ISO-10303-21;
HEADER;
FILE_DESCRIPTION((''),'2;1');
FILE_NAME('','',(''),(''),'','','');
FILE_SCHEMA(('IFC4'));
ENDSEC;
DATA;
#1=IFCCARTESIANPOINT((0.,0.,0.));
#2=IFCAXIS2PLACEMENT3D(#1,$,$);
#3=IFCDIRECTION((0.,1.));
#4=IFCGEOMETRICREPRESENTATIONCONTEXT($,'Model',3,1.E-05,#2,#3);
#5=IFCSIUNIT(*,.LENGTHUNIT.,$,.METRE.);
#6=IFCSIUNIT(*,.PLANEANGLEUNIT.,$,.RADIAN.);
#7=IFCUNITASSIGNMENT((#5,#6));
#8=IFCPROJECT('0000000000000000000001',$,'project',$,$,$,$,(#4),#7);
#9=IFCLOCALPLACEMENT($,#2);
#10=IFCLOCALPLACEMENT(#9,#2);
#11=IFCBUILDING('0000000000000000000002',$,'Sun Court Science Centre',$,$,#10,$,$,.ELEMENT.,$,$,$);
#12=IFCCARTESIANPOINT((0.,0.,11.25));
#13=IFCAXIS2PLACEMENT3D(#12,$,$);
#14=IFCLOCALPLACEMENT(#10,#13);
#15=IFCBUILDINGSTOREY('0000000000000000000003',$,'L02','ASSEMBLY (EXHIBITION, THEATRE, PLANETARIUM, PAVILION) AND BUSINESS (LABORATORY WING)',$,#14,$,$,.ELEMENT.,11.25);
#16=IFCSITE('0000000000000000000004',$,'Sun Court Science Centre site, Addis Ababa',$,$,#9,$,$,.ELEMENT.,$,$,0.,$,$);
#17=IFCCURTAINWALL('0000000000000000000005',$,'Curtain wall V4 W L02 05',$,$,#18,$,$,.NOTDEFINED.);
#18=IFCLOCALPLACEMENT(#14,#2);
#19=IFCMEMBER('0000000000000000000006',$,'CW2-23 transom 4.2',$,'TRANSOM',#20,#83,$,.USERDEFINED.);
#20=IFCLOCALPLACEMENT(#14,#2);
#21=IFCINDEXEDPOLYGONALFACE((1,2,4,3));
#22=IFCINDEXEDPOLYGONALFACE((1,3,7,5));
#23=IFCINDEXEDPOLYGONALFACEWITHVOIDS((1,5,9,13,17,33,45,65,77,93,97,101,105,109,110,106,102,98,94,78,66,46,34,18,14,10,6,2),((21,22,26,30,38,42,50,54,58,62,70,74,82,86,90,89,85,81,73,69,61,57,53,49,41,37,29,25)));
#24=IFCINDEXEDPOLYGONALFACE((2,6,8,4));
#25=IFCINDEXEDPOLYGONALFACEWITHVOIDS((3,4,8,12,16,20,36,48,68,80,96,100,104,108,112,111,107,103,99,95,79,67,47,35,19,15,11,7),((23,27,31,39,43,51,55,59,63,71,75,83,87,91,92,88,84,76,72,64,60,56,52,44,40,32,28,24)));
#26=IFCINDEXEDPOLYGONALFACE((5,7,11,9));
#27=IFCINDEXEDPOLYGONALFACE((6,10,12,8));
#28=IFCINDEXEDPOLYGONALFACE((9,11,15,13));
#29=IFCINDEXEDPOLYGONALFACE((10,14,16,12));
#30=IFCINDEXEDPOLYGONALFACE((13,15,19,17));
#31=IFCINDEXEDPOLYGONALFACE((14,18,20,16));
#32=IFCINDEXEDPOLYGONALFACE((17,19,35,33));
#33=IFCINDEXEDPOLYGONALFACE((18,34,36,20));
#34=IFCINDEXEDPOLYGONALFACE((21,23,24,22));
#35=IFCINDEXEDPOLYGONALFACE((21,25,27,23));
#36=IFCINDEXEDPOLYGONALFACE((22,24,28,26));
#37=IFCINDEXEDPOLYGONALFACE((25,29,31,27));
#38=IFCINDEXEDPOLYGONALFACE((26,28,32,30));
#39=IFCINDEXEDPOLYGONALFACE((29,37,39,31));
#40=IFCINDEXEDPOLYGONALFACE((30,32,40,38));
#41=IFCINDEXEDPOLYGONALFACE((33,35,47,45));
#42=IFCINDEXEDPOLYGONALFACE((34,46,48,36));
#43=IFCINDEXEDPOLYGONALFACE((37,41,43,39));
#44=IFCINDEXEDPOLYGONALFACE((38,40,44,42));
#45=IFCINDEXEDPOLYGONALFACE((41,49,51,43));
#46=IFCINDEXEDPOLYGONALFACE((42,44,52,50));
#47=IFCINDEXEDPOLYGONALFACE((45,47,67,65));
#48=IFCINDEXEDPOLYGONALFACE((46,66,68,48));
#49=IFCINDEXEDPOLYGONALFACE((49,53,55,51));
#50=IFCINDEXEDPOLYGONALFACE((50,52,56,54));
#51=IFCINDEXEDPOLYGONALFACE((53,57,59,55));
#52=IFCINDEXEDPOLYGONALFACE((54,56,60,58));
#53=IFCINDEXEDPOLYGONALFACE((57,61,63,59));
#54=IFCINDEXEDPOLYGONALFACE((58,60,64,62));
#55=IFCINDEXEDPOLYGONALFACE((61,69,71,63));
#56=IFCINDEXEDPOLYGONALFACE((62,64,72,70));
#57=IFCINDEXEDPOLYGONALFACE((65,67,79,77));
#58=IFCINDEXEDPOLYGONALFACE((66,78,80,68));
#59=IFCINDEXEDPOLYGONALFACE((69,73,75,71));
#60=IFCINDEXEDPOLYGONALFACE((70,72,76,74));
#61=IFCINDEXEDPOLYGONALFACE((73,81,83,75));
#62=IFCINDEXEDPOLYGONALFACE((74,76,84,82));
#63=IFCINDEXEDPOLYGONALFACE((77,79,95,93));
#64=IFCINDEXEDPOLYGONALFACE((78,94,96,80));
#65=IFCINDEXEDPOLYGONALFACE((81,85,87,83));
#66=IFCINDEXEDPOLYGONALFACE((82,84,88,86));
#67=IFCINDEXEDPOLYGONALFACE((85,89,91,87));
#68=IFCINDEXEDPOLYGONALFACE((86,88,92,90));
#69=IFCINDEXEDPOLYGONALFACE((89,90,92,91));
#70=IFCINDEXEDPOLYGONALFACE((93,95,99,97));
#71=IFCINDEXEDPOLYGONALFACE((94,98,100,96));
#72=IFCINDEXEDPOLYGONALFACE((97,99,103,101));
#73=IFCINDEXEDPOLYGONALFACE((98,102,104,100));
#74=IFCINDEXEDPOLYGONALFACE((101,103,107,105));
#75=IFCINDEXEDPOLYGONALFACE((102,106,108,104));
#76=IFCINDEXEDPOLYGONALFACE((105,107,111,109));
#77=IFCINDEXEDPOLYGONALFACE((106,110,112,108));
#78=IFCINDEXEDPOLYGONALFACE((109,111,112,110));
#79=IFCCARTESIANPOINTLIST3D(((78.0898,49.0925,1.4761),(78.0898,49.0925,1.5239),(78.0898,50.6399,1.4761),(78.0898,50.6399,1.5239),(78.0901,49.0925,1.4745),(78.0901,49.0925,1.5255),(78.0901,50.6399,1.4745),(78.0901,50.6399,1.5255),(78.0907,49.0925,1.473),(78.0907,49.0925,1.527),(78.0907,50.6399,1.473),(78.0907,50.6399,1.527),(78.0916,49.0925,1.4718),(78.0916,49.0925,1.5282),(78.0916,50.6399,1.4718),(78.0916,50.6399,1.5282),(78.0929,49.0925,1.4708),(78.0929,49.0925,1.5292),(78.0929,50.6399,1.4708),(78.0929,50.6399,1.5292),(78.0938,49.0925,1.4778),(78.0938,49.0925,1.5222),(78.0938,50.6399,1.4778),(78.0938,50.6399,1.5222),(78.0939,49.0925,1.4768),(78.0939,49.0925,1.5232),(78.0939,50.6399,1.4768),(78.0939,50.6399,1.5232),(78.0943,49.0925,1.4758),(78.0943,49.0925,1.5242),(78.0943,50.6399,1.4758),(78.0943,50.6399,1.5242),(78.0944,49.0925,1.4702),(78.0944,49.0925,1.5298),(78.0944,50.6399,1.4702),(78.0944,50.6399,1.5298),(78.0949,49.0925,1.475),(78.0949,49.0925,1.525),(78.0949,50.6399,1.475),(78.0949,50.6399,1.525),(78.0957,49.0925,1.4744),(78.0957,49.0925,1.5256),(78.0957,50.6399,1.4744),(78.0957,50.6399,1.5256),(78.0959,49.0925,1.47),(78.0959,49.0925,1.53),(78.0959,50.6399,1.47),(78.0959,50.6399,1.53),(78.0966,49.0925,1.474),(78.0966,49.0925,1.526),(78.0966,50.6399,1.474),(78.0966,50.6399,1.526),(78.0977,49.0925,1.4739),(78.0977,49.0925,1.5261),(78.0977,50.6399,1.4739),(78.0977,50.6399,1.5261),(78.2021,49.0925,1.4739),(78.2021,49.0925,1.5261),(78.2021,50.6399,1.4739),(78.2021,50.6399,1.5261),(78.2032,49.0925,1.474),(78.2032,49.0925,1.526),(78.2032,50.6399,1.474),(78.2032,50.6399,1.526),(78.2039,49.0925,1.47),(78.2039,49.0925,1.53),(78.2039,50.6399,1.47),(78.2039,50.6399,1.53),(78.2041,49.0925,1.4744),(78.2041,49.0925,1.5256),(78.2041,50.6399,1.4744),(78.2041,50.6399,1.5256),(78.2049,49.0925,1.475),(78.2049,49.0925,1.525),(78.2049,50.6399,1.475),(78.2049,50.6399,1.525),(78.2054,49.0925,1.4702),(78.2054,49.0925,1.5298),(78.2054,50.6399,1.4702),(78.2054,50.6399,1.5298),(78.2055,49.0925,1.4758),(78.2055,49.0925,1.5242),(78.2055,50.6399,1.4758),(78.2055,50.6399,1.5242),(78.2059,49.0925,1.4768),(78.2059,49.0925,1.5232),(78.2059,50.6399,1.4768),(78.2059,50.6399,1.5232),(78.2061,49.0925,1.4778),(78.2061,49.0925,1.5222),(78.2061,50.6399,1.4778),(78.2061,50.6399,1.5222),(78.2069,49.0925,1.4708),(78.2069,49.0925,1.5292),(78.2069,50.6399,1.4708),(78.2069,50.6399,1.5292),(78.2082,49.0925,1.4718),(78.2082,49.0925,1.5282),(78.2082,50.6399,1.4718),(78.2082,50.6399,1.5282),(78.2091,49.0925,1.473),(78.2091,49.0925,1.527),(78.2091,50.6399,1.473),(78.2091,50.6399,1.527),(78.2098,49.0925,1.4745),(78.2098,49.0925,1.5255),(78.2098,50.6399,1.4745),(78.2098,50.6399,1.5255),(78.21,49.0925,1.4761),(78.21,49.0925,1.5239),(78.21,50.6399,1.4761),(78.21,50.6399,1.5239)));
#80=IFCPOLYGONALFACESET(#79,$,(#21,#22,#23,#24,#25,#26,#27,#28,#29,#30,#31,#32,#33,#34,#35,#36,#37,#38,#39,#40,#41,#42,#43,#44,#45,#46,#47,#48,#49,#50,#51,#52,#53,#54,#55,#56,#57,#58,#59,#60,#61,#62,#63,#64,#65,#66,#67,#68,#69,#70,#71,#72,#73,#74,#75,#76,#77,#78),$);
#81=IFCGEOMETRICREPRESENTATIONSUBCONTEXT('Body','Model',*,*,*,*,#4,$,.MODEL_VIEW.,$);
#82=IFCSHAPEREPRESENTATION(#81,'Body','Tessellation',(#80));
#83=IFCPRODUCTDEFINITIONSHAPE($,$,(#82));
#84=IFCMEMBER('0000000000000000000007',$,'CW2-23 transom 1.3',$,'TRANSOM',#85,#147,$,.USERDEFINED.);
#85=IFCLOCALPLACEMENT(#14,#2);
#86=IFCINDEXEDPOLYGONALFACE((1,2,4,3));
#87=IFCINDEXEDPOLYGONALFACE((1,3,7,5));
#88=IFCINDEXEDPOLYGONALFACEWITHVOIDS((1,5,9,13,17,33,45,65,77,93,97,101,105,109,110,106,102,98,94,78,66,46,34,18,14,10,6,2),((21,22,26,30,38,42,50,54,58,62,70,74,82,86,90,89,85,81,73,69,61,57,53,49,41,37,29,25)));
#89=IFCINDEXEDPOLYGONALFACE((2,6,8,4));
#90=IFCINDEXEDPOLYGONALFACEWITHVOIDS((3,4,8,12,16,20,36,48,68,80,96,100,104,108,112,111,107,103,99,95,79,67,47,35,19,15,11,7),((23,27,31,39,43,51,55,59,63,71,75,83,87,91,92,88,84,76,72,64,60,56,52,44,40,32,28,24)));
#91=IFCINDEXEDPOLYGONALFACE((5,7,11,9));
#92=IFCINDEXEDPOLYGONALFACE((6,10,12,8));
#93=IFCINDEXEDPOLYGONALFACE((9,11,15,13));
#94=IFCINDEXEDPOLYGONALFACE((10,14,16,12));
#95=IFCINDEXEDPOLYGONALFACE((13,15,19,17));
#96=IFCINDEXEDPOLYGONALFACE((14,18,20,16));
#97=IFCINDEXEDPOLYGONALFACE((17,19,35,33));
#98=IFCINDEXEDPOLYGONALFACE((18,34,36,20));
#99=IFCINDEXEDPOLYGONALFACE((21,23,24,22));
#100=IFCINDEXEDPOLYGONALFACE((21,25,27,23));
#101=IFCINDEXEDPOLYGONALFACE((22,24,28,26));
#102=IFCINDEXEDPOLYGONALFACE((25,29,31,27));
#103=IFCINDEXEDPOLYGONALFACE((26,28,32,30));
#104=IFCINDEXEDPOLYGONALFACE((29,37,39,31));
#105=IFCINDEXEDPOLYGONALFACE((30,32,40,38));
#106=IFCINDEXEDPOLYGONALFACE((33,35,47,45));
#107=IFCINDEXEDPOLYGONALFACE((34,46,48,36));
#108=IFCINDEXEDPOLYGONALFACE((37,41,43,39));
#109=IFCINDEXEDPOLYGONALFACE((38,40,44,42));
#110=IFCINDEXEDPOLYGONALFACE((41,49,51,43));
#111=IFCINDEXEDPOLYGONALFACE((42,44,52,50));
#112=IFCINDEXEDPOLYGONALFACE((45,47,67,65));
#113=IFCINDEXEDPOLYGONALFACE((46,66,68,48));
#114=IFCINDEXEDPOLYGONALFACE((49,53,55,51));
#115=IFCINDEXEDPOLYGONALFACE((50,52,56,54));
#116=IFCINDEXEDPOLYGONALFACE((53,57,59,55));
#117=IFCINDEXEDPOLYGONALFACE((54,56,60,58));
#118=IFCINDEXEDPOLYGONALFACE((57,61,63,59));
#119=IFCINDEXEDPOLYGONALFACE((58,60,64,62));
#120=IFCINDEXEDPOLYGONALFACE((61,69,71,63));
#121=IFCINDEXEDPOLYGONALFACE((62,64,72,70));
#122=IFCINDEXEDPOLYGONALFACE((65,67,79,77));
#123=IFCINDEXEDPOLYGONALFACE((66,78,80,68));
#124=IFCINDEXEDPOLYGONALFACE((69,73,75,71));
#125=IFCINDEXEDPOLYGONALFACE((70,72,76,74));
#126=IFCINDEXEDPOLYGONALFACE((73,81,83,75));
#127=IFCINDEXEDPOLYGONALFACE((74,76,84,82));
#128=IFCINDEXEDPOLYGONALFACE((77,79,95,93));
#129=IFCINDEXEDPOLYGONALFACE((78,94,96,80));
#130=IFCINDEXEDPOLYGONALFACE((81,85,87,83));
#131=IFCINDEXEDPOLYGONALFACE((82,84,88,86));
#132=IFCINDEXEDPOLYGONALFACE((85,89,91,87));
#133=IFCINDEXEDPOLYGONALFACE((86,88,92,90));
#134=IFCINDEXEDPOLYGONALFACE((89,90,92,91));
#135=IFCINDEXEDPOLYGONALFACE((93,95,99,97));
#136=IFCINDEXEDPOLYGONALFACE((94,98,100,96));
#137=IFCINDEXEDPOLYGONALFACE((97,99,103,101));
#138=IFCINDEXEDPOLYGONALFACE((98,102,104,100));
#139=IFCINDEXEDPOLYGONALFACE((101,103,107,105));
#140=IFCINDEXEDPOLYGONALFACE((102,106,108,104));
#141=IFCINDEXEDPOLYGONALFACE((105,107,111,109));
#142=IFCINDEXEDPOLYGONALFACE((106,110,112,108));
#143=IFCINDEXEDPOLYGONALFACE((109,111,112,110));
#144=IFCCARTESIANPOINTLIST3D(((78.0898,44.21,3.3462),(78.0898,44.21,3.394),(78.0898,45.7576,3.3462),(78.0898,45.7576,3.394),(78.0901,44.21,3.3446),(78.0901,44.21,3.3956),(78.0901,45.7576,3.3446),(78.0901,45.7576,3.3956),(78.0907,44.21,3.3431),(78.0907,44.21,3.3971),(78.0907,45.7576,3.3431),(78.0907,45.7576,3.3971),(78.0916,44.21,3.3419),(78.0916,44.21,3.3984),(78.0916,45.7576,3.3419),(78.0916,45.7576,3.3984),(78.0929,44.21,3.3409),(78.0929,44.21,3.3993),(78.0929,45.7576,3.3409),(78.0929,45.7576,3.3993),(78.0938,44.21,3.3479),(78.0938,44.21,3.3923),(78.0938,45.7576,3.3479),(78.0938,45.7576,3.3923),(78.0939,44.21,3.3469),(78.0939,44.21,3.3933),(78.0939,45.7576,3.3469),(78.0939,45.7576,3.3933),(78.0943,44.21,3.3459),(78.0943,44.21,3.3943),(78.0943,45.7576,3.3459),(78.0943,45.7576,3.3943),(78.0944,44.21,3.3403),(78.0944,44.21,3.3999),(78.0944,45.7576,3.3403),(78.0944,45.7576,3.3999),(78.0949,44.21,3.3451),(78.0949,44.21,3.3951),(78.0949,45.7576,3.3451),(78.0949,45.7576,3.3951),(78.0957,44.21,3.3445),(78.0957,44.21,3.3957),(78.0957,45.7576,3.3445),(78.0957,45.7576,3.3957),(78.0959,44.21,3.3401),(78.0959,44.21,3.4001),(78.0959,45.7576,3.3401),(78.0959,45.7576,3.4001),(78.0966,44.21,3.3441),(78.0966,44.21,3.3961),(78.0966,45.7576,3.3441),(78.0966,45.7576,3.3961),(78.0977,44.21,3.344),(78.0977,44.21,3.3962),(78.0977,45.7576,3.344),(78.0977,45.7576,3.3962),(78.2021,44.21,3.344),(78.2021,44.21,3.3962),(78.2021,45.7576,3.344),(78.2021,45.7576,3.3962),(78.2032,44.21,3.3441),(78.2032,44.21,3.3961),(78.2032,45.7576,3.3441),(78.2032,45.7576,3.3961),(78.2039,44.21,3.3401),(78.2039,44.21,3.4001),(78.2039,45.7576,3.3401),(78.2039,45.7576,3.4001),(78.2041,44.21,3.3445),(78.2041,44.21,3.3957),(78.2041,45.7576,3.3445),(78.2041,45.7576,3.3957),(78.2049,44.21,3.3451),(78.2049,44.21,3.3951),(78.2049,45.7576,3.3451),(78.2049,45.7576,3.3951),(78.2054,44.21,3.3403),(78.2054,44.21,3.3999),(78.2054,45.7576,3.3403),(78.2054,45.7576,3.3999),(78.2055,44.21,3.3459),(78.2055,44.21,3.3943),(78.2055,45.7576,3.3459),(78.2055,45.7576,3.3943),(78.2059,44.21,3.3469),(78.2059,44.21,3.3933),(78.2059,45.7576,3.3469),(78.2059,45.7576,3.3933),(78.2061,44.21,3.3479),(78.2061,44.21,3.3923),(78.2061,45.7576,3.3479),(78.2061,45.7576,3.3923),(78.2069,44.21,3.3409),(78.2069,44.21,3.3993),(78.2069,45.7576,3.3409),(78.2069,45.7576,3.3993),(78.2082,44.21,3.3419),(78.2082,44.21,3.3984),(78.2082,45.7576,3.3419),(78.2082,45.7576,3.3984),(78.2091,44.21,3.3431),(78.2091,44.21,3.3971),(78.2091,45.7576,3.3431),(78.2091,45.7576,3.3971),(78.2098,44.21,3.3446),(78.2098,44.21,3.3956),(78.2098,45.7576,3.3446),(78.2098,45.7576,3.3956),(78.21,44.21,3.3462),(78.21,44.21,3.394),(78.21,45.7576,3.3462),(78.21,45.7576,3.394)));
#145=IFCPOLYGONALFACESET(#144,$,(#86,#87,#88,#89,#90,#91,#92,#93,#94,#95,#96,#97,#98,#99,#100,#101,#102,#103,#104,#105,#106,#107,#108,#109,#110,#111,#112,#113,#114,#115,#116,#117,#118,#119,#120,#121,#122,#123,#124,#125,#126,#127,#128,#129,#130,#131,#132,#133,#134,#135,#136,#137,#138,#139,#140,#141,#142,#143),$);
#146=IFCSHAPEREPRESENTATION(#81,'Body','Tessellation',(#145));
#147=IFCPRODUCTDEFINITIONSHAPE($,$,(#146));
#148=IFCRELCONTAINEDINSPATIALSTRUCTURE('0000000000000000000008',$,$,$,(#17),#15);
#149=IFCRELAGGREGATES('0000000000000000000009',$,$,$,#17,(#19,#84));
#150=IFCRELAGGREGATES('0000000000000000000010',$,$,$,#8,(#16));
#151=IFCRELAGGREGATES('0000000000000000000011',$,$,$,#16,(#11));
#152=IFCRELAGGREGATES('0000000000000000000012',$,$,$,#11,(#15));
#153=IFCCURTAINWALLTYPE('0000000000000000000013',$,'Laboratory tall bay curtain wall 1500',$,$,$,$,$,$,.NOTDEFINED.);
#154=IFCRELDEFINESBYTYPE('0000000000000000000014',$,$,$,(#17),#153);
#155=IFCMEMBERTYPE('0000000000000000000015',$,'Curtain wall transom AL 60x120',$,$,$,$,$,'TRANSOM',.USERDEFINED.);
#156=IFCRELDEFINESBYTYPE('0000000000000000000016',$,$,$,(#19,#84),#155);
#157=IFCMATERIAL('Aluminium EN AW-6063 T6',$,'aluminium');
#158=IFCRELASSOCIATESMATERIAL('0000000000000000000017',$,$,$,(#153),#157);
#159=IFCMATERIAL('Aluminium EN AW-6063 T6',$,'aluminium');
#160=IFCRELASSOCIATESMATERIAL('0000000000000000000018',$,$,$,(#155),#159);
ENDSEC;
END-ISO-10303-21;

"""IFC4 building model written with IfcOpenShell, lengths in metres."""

from ifc_helpers import new_model, si_unit, direction, frame, origin, origin_2d, place, context, subcontext, project, spatial, hollow_rectangle, extrude, material, material_profile, profile_set, type_object, element, aggregate, save


model = new_model("IFC4")

# Units and contexts
model_context = context("Model", 3, precision=1e-05, world=origin(), true_north=direction((0.0, 1.0)))
body_context = subcontext(model_context, "Body", "Model", "MODEL_VIEW")
ifc_project = project(units=[si_unit("LENGTHUNIT", "METRE"), si_unit("PLANEANGLEUNIT", "RADIAN")], contexts=[model_context])

# Site, building, storey
site_placement = place(None, origin())
site = spatial("IfcSite", under=ifc_project, at=site_placement, Name="Sun Court Science Centre site, Addis Ababa", CompositionType="ELEMENT", RefElevation=0.0)
building_placement = place(site_placement, origin())
building = spatial("IfcBuilding", under=site, at=building_placement, Name="Sun Court Science Centre", CompositionType="ELEMENT")
storey_placement = place(building_placement, frame((0.0, 0.0, 11.25)))
storey = spatial("IfcBuildingStorey", under=building, at=storey_placement, Name="L02", Description="ASSEMBLY (EXHIBITION, THEATRE, PLANETARIUM, PAVILION) AND BUSINESS (LABORATORY WING)", CompositionType="ELEMENT", Elevation=11.25)

# Shared definitions
ifc_material_1 = material(Name="Aluminium EN AW-6063 T6", Category="aluminium")
curtain_wall_type = type_object("IfcCurtainWallType", Name="Laboratory tall bay curtain wall 1500", PredefinedType="NOTDEFINED", material=ifc_material_1)

# Curtain wall, members
curtain_wall_1_placement = place(storey_placement, origin())
curtain_wall_1 = element("IfcCurtainWall", 1, at=curtain_wall_1_placement, inside=storey, type_object=curtain_wall_type, Name="Curtain wall V4 W L02 05", PredefinedType="NOTDEFINED")
ifc_material_2 = material(Name="Aluminium EN AW-6063 T6", Category="aluminium")
ifc_material_profile_1 = material_profile(ifc_material_2, hollow_rectangle(XDim=0.0601, YDim=0.1201, WallThickness=0.0039, InnerFilletRadius=0.0039, OuterFilletRadius=0.0061, at=origin_2d()), Name="AL 60x120x4")
ifc_profile_set_1 = profile_set([ifc_material_profile_1], Name="Aluminium EN AW-6063 T6")
member_type_1 = type_object("IfcMemberType", Name="Curtain wall transom AL 60x120", ElementType="TRANSOM", PredefinedType="USERDEFINED", material=ifc_profile_set_1)
member_1_placement = place(storey_placement, frame((78.1499, 49.0925, 1.5), z_axis=(0.0, 1.0, 0.0), x_axis=(0.0, 0.0, 1.0)))
member_1 = element("IfcMember", 2, at=member_1_placement, type_object=member_type_1, Name="CW2-23 transom 4.2", ObjectType="TRANSOM", PredefinedType="USERDEFINED", context=body_context, shape_type="SweptSolid", body=[
    extrude(hollow_rectangle(XDim=0.0601, YDim=0.1201, WallThickness=0.0039, InnerFilletRadius=0.0039, OuterFilletRadius=0.0061, at=origin_2d()), origin(), (0.0, 0.0, 1.0), 1.5474),
])
member_2_placement = place(storey_placement, frame((78.1499, 44.21, 3.3701), z_axis=(0.0, 1.0, 0.0), x_axis=(0.0, 0.0, 1.0)))
member_2 = element("IfcMember", 3, at=member_2_placement, type_object=member_type_1, Name="CW2-23 transom 1.3", ObjectType="TRANSOM", PredefinedType="USERDEFINED", context=body_context, shape_type="SweptSolid", body=[
    extrude(hollow_rectangle(XDim=0.0601, YDim=0.1201, WallThickness=0.0039, InnerFilletRadius=0.0039, OuterFilletRadius=0.0061, at=origin_2d()), origin(), (0.0, 0.0, 1.0), 1.5476),
])

aggregate(curtain_wall_1, [member_1, member_2])

save(model, "model.ifc")
